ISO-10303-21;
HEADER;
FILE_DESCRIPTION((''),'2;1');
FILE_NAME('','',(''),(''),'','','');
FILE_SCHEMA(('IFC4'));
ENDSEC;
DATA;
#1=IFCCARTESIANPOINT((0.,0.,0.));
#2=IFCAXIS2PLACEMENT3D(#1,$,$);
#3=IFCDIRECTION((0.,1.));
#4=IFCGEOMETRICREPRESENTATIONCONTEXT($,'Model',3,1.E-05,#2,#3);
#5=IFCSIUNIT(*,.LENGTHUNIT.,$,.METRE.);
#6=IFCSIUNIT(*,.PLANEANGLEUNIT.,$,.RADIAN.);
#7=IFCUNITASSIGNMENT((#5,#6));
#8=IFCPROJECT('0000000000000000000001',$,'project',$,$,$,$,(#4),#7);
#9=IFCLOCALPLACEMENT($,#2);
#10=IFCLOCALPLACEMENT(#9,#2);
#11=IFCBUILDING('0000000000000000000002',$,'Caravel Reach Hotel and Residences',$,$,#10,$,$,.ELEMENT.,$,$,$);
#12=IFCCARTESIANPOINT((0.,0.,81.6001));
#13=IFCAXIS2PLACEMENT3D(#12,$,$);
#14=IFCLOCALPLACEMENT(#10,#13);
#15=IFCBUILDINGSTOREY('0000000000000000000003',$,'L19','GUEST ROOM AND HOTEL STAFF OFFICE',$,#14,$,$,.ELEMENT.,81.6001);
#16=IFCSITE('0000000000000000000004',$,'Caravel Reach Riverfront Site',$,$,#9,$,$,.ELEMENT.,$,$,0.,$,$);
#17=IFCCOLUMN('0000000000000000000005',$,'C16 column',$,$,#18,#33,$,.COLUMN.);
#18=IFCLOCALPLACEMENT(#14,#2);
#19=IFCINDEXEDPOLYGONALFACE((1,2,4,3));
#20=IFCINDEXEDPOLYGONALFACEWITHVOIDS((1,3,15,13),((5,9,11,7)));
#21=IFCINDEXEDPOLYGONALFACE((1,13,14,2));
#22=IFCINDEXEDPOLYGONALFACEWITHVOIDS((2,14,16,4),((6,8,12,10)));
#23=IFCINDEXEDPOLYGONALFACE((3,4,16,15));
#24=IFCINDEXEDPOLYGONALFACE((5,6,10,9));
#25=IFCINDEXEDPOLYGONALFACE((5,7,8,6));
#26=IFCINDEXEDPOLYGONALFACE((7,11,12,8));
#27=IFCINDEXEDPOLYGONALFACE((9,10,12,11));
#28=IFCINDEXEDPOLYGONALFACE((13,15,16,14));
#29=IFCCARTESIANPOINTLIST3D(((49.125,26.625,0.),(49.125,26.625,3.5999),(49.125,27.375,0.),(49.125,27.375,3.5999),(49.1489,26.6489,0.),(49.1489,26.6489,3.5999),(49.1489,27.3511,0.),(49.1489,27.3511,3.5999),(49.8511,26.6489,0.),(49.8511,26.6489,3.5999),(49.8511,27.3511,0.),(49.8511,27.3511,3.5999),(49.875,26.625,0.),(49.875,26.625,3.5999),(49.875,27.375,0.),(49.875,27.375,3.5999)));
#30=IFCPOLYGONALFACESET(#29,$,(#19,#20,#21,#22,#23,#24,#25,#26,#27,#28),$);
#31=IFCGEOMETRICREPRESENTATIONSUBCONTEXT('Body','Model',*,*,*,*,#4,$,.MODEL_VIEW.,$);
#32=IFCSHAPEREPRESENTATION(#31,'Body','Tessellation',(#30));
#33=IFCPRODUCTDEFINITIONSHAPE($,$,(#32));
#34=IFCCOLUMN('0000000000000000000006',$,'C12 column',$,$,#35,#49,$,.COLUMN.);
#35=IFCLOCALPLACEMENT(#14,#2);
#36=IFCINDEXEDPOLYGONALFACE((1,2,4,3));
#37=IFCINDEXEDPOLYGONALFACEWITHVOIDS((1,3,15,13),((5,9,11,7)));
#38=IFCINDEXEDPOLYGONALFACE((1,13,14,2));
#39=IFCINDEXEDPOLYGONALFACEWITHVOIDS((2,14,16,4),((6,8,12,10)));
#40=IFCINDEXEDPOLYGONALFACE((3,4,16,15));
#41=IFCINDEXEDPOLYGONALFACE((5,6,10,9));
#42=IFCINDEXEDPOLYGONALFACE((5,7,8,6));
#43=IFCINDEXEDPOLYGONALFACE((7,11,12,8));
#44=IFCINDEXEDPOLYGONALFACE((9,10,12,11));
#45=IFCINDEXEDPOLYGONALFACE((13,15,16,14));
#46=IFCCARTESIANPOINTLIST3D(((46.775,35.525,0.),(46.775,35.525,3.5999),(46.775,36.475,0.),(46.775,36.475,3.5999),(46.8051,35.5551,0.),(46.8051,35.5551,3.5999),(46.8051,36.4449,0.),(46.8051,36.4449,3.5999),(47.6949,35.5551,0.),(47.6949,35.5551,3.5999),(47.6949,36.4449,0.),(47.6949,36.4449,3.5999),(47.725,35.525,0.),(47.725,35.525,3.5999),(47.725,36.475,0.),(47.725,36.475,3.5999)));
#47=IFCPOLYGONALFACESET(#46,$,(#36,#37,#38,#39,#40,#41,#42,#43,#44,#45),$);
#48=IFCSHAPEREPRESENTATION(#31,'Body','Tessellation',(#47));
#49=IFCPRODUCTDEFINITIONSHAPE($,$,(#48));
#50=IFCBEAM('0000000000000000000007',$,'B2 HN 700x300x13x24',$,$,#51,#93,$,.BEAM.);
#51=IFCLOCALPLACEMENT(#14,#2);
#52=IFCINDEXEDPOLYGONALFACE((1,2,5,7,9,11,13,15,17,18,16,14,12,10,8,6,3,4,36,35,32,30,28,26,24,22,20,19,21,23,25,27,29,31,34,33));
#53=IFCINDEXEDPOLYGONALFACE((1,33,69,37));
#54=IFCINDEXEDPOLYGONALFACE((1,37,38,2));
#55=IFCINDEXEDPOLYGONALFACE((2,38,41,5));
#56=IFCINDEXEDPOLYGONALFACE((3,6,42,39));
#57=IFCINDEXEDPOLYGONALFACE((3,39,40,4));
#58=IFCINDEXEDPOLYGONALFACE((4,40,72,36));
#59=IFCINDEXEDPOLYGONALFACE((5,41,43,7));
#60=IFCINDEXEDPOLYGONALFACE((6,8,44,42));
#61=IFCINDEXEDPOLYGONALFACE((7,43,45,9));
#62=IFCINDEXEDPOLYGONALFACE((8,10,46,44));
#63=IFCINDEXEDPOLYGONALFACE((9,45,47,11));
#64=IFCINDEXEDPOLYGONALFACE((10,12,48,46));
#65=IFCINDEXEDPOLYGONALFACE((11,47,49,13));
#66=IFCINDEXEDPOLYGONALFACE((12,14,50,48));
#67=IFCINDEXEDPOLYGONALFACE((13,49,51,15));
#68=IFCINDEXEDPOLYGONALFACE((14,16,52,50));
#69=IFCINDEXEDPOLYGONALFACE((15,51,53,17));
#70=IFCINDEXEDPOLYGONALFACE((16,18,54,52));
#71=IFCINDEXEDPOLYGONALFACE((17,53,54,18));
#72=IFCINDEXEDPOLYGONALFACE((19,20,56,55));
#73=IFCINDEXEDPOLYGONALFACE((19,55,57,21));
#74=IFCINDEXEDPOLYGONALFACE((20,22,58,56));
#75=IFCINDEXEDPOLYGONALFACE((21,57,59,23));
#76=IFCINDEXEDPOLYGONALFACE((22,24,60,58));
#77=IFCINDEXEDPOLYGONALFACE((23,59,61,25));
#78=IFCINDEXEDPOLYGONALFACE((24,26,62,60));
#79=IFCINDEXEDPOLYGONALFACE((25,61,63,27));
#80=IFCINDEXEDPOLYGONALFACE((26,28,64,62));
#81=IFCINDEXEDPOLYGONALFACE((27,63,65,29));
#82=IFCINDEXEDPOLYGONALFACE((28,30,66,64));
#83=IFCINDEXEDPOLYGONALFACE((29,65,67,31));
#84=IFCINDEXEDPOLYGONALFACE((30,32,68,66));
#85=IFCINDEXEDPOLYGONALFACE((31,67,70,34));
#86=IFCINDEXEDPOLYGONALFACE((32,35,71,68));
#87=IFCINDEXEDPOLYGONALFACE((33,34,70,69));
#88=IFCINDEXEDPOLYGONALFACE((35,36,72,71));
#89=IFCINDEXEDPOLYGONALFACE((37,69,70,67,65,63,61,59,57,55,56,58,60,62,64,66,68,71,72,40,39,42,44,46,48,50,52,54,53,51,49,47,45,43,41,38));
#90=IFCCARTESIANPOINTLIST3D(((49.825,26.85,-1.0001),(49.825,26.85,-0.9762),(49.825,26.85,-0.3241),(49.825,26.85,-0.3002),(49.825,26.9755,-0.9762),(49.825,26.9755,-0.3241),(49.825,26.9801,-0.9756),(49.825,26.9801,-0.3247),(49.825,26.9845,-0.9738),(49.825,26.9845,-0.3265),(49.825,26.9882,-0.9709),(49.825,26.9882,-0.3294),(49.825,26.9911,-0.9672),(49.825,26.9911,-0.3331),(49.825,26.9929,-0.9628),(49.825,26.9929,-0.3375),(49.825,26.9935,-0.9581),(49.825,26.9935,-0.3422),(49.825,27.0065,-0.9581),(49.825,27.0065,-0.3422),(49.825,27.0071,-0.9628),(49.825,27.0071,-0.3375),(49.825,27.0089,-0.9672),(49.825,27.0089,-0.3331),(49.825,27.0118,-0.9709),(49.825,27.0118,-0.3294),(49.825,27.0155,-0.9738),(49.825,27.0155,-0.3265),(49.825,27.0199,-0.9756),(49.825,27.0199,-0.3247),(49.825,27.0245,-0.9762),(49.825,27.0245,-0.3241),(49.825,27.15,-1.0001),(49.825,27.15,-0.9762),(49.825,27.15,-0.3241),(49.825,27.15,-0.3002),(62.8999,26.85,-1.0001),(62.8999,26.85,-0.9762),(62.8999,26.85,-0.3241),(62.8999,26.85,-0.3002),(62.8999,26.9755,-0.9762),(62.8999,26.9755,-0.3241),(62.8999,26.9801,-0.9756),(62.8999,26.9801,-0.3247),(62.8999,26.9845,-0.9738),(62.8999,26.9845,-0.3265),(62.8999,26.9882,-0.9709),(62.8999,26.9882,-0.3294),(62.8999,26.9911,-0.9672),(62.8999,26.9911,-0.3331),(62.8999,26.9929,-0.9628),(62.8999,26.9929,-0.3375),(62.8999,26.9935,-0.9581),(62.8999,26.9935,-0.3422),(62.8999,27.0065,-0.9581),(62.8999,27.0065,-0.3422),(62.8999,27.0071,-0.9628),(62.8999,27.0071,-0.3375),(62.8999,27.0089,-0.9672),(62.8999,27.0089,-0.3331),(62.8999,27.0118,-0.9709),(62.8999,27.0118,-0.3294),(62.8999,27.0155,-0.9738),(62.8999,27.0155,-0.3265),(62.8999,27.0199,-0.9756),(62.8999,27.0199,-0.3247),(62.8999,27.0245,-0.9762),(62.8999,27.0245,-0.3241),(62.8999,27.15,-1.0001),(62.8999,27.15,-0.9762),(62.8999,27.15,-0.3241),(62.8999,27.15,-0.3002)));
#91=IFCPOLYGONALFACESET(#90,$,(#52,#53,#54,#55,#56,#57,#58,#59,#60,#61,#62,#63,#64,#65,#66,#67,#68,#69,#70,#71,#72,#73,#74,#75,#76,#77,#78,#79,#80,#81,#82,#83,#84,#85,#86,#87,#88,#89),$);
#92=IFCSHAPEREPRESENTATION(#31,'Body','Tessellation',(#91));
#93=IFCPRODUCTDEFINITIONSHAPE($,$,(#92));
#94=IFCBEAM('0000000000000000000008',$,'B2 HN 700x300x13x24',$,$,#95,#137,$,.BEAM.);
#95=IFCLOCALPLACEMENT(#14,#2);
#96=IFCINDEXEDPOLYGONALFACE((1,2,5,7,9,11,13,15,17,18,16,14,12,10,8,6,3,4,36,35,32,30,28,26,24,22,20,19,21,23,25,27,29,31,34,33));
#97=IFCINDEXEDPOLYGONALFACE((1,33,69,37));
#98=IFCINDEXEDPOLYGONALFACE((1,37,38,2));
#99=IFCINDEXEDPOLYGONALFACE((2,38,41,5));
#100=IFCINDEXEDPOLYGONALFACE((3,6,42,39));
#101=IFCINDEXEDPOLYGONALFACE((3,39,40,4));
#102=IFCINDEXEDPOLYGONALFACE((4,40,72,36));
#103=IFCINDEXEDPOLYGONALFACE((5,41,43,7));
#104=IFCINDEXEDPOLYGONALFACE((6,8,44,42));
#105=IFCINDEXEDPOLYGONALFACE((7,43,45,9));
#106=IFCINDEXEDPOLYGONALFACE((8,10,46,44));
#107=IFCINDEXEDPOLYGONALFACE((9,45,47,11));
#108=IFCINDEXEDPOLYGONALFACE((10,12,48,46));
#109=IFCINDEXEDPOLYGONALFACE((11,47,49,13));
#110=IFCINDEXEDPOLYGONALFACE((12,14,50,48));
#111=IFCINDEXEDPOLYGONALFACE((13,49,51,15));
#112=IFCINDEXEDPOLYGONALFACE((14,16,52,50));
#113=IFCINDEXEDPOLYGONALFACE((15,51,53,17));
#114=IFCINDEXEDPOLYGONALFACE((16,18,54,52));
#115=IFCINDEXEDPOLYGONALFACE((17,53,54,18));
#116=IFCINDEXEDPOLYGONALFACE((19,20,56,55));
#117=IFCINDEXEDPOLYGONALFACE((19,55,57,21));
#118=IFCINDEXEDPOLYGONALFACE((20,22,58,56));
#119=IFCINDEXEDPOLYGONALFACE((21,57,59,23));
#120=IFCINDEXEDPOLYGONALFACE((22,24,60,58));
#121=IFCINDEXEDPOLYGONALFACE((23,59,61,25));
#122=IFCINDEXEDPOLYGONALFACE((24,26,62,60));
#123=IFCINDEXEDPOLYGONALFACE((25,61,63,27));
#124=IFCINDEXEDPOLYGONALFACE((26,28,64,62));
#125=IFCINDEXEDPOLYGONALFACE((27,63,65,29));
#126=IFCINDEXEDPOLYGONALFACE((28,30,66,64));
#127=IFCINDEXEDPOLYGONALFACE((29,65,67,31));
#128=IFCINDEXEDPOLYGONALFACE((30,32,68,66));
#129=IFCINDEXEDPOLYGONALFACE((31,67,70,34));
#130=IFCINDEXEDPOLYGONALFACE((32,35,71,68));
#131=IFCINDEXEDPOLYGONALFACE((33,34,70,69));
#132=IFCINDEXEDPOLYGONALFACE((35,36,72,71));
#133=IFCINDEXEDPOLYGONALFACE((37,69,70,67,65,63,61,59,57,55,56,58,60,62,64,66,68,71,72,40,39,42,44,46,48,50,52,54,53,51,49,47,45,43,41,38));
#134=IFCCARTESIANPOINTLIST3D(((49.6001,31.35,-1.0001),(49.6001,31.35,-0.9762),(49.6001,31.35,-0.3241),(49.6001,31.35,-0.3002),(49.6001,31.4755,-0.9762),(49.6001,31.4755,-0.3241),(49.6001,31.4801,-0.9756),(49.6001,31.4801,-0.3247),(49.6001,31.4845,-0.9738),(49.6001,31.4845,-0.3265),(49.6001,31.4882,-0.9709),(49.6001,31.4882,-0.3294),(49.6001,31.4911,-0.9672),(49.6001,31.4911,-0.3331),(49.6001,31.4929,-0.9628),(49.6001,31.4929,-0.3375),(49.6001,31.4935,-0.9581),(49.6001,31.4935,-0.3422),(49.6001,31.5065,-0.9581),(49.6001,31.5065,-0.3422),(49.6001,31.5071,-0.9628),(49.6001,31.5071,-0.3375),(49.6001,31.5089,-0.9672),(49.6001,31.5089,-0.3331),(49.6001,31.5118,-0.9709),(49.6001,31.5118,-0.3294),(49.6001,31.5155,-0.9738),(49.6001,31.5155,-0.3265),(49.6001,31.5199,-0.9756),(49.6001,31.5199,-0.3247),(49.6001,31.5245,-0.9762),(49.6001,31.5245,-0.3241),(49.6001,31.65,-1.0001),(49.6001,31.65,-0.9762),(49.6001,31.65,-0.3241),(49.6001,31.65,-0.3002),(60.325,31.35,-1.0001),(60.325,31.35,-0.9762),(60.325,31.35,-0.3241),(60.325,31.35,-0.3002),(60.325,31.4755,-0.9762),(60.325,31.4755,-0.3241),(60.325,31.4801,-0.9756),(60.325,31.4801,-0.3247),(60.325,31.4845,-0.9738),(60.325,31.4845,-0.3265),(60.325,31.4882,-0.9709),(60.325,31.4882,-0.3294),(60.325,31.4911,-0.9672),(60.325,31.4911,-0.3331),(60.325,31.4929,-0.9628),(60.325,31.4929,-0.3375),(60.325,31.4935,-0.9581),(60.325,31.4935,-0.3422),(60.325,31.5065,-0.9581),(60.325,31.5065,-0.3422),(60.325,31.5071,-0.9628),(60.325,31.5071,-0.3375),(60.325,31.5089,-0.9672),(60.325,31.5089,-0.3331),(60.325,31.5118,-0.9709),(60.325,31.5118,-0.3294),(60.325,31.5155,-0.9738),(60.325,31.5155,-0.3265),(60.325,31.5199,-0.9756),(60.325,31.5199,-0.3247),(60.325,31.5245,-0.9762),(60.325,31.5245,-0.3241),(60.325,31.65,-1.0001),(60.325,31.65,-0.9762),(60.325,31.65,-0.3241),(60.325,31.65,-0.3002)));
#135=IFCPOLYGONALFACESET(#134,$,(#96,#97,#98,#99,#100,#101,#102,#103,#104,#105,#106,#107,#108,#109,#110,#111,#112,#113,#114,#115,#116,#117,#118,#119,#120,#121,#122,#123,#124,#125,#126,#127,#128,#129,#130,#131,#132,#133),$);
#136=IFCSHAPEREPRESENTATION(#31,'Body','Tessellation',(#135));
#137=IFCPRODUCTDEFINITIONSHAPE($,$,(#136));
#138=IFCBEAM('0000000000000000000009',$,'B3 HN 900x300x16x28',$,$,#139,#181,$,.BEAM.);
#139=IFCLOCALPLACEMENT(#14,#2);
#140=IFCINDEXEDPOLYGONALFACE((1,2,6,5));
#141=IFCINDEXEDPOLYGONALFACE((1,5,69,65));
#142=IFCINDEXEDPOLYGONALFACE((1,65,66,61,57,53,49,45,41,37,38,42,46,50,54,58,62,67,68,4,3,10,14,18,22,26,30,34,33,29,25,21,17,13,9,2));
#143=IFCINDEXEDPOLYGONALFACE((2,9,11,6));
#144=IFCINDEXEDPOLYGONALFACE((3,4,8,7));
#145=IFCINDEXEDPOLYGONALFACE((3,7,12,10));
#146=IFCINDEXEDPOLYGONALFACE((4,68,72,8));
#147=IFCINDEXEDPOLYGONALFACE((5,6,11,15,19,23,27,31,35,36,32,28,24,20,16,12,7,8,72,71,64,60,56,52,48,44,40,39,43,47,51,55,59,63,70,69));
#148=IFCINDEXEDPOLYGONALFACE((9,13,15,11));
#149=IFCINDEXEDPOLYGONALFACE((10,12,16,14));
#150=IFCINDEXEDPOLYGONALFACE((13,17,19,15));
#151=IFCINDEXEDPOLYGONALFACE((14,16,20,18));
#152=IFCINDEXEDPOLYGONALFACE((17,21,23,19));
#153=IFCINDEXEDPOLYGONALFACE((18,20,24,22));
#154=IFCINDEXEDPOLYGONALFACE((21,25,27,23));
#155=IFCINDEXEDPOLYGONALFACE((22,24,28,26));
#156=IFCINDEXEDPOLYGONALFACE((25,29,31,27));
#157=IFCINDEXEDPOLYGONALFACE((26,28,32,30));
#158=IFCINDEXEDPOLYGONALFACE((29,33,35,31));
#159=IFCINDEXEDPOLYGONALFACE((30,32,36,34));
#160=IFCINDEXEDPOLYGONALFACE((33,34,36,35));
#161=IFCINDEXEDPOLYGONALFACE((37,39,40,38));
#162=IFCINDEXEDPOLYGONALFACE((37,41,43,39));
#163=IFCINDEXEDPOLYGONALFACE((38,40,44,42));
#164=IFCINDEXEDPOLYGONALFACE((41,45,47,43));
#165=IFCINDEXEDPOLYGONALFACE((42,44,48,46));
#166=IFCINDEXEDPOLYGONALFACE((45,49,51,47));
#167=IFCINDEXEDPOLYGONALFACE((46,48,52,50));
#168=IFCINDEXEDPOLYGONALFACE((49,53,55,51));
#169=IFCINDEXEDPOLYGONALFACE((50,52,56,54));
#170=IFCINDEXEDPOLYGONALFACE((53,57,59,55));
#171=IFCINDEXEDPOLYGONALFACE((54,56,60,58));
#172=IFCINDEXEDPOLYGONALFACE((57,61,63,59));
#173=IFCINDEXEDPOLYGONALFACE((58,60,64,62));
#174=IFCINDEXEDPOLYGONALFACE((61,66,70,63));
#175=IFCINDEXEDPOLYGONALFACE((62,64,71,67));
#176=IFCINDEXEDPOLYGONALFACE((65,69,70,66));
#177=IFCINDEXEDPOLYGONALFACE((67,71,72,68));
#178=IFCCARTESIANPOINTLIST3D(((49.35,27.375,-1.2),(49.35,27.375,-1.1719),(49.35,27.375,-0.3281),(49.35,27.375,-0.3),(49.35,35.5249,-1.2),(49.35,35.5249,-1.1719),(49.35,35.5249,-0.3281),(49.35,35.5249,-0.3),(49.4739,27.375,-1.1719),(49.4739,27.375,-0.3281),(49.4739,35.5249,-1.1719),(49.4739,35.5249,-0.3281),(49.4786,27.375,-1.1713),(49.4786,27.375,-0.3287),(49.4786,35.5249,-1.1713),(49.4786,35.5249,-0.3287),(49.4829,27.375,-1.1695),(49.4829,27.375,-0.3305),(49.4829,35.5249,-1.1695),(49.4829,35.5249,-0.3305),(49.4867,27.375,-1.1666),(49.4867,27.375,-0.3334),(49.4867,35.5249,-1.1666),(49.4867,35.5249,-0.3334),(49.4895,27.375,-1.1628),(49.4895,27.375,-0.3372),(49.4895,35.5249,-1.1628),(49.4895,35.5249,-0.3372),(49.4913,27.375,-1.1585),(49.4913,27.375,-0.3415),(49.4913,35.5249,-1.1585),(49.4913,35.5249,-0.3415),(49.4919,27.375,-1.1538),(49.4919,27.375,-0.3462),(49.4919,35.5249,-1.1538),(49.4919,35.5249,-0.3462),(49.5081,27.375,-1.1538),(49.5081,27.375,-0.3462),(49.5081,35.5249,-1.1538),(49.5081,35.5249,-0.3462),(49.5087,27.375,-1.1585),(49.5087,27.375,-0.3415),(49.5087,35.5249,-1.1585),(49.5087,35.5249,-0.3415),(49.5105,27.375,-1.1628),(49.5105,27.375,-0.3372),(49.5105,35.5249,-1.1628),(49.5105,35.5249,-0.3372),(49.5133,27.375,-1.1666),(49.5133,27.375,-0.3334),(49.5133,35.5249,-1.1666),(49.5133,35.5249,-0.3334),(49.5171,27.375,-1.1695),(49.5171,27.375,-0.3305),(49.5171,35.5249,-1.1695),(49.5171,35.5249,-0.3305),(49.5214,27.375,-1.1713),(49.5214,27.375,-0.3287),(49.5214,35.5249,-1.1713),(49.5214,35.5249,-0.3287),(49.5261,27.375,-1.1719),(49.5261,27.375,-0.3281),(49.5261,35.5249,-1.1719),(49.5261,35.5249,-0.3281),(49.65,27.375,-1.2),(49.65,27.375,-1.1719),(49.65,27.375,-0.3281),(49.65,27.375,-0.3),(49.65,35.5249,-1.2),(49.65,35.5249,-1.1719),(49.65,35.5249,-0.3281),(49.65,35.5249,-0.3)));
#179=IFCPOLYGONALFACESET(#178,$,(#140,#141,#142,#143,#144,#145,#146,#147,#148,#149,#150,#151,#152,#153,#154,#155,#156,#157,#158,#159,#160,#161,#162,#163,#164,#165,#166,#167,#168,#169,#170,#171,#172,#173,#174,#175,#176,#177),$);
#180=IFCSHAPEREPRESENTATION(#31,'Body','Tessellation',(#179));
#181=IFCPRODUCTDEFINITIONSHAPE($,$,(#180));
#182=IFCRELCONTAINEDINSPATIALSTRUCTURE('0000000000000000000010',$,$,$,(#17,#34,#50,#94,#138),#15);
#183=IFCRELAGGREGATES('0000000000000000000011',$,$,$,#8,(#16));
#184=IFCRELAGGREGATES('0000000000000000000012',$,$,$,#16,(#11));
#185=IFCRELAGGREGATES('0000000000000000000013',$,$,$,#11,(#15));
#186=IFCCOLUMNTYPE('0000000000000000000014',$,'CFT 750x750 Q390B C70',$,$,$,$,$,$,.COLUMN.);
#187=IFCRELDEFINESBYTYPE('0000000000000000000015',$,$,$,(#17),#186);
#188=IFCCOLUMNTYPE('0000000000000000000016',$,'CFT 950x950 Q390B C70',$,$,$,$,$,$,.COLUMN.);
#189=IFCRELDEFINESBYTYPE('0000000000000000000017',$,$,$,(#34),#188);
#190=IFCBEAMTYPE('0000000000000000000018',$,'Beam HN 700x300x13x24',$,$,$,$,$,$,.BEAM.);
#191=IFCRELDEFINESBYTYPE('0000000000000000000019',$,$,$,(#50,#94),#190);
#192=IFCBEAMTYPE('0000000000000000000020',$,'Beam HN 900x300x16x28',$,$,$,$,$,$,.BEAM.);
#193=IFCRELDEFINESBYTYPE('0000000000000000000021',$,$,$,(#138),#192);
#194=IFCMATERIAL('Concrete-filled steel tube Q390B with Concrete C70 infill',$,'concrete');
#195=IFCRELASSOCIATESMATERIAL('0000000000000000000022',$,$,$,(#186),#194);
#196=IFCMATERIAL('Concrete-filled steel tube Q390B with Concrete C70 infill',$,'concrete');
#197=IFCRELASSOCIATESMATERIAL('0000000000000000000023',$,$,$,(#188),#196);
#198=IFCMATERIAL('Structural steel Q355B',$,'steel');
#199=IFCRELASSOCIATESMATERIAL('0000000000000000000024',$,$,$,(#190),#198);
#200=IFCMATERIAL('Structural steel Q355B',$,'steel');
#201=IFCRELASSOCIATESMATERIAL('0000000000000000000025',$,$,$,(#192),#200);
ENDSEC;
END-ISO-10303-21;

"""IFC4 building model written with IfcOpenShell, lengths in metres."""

from ifc_helpers import new_model, si_unit, direction, frame, origin, origin_2d, place, context, subcontext, project, spatial, hollow_rectangle, i_section, extrude, material, material_profile, profile_set, type_object, element, save


model = new_model("IFC4")

# Units and contexts
model_context = context("Model", 3, precision=1e-05, world=origin(), true_north=direction((0.0, 1.0)))
body_context = subcontext(model_context, "Body", "Model", "MODEL_VIEW")
ifc_project = project(units=[si_unit("LENGTHUNIT", "METRE"), si_unit("PLANEANGLEUNIT", "RADIAN")], contexts=[model_context])

# Site, building, storey
site_placement = place(None, origin())
site = spatial("IfcSite", under=ifc_project, at=site_placement, Name="Caravel Reach Riverfront Site", CompositionType="ELEMENT", RefElevation=0.0)
building_placement = place(site_placement, origin())
building = spatial("IfcBuilding", under=site, at=building_placement, Name="Caravel Reach Hotel and Residences", CompositionType="ELEMENT")
storey_placement = place(building_placement, frame((0.0, 0.0, 81.6001)))
storey = spatial("IfcBuildingStorey", under=building, at=storey_placement, Name="L19", Description="GUEST ROOM AND HOTEL STAFF OFFICE", CompositionType="ELEMENT", Elevation=81.6001)

# Columns
ifc_material_1 = material(Name="Concrete-filled steel tube Q390B with Concrete C70 infill", Category="concrete")
ifc_material_profile_1 = material_profile(ifc_material_1, hollow_rectangle(XDim=0.75, YDim=0.75, WallThickness=0.0239, at=origin_2d()), Name="RHS 750x750x24")
ifc_profile_set_1 = profile_set([ifc_material_profile_1], Name="Concrete-filled steel tube Q390B with Concrete C70 infill")
column_type_1 = type_object("IfcColumnType", Name="CFT 750x750 Q390B C70", PredefinedType="COLUMN", material=ifc_profile_set_1)
column_1_placement = place(storey_placement, frame((49.5, 27.0, 0.0), z_axis=(0.0, 0.0, 1.0), x_axis=(1.0, 0.0, 0.0)))
element("IfcColumn", 1, at=column_1_placement, inside=storey, type_object=column_type_1, Name="C16 column", PredefinedType="COLUMN", context=body_context, shape_type="SweptSolid", body=[
    extrude(hollow_rectangle(XDim=0.75, YDim=0.75, WallThickness=0.0239, at=origin_2d()), origin(), (0.0, 0.0, 1.0), 3.5999),
])
ifc_material_2 = material(Name="Concrete-filled steel tube Q390B with Concrete C70 infill", Category="concrete")
ifc_material_profile_2 = material_profile(ifc_material_2, hollow_rectangle(XDim=0.95, YDim=0.95, WallThickness=0.03, at=origin_2d()), Name="RHS 950x950x30")
ifc_profile_set_2 = profile_set([ifc_material_profile_2], Name="Concrete-filled steel tube Q390B with Concrete C70 infill")
column_type_2 = type_object("IfcColumnType", Name="CFT 950x950 Q390B C70", PredefinedType="COLUMN", material=ifc_profile_set_2)
column_2_placement = place(storey_placement, frame((47.25, 36.0, 0.0), z_axis=(0.0, 0.0, 1.0), x_axis=(1.0, 0.0, 0.0)))
element("IfcColumn", 2, at=column_2_placement, inside=storey, type_object=column_type_2, Name="C12 column", PredefinedType="COLUMN", context=body_context, shape_type="SweptSolid", body=[
    extrude(hollow_rectangle(XDim=0.95, YDim=0.95, WallThickness=0.03, at=origin_2d()), origin(), (0.0, 0.0, 1.0), 3.5999),
])

# Beams
ifc_material_3 = material(Name="Structural steel Q355B", Category="steel")
ifc_material_profile_3 = material_profile(ifc_material_3, i_section(OverallWidth=0.3, OverallDepth=0.7, WebThickness=0.0129, FlangeThickness=0.0239, FilletRadius=0.0181, at=origin_2d()), Name="HN 700x300x13x24")
ifc_profile_set_3 = profile_set([ifc_material_profile_3], Name="Structural steel Q355B")
beam_type_1 = type_object("IfcBeamType", Name="Beam HN 700x300x13x24", PredefinedType="BEAM", material=ifc_profile_set_3)
beam_1_placement = place(storey_placement, frame((49.825, 27.0, -0.6501), z_axis=(1.0, 0.0, 0.0), x_axis=(0.0, 1.0, 0.0)))
element("IfcBeam", 3, at=beam_1_placement, inside=storey, type_object=beam_type_1, Name="B2 HN 700x300x13x24", PredefinedType="BEAM", context=body_context, shape_type="SweptSolid", body=[
    extrude(i_section(OverallWidth=0.3, OverallDepth=0.7, WebThickness=0.0129, FlangeThickness=0.0239, FilletRadius=0.0181, at=origin_2d()), origin(), (0.0, 0.0, 1.0), 13.075),
])
beam_2_placement = place(storey_placement, frame((49.6001, 31.5, -0.6501), z_axis=(1.0, 0.0, 0.0), x_axis=(0.0, 1.0, 0.0)))
element("IfcBeam", 4, at=beam_2_placement, inside=storey, type_object=beam_type_1, Name="B2 HN 700x300x13x24", PredefinedType="BEAM", context=body_context, shape_type="SweptSolid", body=[
    extrude(i_section(OverallWidth=0.3, OverallDepth=0.7, WebThickness=0.0129, FlangeThickness=0.0239, FilletRadius=0.0181, at=origin_2d()), origin(), (0.0, 0.0, 1.0), 10.7249),
])
ifc_material_4 = material(Name="Structural steel Q355B", Category="steel")
ifc_material_profile_4 = material_profile(ifc_material_4, i_section(OverallWidth=0.3, OverallDepth=0.8999, WebThickness=0.0161, FlangeThickness=0.0281, FilletRadius=0.0181, at=origin_2d()), Name="HN 900x300x16x28")
ifc_profile_set_4 = profile_set([ifc_material_profile_4], Name="Structural steel Q355B")
beam_type_2 = type_object("IfcBeamType", Name="Beam HN 900x300x16x28", PredefinedType="BEAM", material=ifc_profile_set_4)
beam_3_placement = place(storey_placement, frame((49.5, 27.375, -0.75), z_axis=(0.0, 1.0, 0.0), x_axis=(-1.0, 0.0, 0.0)))
element("IfcBeam", 5, at=beam_3_placement, inside=storey, type_object=beam_type_2, Name="B3 HN 900x300x16x28", PredefinedType="BEAM", context=body_context, shape_type="SweptSolid", body=[
    extrude(i_section(OverallWidth=0.3, OverallDepth=0.8999, WebThickness=0.0161, FlangeThickness=0.0281, FilletRadius=0.0181, at=origin_2d()), origin(), (0.0, 0.0, 1.0), 8.1499),
])

save(model, "model.ifc")
